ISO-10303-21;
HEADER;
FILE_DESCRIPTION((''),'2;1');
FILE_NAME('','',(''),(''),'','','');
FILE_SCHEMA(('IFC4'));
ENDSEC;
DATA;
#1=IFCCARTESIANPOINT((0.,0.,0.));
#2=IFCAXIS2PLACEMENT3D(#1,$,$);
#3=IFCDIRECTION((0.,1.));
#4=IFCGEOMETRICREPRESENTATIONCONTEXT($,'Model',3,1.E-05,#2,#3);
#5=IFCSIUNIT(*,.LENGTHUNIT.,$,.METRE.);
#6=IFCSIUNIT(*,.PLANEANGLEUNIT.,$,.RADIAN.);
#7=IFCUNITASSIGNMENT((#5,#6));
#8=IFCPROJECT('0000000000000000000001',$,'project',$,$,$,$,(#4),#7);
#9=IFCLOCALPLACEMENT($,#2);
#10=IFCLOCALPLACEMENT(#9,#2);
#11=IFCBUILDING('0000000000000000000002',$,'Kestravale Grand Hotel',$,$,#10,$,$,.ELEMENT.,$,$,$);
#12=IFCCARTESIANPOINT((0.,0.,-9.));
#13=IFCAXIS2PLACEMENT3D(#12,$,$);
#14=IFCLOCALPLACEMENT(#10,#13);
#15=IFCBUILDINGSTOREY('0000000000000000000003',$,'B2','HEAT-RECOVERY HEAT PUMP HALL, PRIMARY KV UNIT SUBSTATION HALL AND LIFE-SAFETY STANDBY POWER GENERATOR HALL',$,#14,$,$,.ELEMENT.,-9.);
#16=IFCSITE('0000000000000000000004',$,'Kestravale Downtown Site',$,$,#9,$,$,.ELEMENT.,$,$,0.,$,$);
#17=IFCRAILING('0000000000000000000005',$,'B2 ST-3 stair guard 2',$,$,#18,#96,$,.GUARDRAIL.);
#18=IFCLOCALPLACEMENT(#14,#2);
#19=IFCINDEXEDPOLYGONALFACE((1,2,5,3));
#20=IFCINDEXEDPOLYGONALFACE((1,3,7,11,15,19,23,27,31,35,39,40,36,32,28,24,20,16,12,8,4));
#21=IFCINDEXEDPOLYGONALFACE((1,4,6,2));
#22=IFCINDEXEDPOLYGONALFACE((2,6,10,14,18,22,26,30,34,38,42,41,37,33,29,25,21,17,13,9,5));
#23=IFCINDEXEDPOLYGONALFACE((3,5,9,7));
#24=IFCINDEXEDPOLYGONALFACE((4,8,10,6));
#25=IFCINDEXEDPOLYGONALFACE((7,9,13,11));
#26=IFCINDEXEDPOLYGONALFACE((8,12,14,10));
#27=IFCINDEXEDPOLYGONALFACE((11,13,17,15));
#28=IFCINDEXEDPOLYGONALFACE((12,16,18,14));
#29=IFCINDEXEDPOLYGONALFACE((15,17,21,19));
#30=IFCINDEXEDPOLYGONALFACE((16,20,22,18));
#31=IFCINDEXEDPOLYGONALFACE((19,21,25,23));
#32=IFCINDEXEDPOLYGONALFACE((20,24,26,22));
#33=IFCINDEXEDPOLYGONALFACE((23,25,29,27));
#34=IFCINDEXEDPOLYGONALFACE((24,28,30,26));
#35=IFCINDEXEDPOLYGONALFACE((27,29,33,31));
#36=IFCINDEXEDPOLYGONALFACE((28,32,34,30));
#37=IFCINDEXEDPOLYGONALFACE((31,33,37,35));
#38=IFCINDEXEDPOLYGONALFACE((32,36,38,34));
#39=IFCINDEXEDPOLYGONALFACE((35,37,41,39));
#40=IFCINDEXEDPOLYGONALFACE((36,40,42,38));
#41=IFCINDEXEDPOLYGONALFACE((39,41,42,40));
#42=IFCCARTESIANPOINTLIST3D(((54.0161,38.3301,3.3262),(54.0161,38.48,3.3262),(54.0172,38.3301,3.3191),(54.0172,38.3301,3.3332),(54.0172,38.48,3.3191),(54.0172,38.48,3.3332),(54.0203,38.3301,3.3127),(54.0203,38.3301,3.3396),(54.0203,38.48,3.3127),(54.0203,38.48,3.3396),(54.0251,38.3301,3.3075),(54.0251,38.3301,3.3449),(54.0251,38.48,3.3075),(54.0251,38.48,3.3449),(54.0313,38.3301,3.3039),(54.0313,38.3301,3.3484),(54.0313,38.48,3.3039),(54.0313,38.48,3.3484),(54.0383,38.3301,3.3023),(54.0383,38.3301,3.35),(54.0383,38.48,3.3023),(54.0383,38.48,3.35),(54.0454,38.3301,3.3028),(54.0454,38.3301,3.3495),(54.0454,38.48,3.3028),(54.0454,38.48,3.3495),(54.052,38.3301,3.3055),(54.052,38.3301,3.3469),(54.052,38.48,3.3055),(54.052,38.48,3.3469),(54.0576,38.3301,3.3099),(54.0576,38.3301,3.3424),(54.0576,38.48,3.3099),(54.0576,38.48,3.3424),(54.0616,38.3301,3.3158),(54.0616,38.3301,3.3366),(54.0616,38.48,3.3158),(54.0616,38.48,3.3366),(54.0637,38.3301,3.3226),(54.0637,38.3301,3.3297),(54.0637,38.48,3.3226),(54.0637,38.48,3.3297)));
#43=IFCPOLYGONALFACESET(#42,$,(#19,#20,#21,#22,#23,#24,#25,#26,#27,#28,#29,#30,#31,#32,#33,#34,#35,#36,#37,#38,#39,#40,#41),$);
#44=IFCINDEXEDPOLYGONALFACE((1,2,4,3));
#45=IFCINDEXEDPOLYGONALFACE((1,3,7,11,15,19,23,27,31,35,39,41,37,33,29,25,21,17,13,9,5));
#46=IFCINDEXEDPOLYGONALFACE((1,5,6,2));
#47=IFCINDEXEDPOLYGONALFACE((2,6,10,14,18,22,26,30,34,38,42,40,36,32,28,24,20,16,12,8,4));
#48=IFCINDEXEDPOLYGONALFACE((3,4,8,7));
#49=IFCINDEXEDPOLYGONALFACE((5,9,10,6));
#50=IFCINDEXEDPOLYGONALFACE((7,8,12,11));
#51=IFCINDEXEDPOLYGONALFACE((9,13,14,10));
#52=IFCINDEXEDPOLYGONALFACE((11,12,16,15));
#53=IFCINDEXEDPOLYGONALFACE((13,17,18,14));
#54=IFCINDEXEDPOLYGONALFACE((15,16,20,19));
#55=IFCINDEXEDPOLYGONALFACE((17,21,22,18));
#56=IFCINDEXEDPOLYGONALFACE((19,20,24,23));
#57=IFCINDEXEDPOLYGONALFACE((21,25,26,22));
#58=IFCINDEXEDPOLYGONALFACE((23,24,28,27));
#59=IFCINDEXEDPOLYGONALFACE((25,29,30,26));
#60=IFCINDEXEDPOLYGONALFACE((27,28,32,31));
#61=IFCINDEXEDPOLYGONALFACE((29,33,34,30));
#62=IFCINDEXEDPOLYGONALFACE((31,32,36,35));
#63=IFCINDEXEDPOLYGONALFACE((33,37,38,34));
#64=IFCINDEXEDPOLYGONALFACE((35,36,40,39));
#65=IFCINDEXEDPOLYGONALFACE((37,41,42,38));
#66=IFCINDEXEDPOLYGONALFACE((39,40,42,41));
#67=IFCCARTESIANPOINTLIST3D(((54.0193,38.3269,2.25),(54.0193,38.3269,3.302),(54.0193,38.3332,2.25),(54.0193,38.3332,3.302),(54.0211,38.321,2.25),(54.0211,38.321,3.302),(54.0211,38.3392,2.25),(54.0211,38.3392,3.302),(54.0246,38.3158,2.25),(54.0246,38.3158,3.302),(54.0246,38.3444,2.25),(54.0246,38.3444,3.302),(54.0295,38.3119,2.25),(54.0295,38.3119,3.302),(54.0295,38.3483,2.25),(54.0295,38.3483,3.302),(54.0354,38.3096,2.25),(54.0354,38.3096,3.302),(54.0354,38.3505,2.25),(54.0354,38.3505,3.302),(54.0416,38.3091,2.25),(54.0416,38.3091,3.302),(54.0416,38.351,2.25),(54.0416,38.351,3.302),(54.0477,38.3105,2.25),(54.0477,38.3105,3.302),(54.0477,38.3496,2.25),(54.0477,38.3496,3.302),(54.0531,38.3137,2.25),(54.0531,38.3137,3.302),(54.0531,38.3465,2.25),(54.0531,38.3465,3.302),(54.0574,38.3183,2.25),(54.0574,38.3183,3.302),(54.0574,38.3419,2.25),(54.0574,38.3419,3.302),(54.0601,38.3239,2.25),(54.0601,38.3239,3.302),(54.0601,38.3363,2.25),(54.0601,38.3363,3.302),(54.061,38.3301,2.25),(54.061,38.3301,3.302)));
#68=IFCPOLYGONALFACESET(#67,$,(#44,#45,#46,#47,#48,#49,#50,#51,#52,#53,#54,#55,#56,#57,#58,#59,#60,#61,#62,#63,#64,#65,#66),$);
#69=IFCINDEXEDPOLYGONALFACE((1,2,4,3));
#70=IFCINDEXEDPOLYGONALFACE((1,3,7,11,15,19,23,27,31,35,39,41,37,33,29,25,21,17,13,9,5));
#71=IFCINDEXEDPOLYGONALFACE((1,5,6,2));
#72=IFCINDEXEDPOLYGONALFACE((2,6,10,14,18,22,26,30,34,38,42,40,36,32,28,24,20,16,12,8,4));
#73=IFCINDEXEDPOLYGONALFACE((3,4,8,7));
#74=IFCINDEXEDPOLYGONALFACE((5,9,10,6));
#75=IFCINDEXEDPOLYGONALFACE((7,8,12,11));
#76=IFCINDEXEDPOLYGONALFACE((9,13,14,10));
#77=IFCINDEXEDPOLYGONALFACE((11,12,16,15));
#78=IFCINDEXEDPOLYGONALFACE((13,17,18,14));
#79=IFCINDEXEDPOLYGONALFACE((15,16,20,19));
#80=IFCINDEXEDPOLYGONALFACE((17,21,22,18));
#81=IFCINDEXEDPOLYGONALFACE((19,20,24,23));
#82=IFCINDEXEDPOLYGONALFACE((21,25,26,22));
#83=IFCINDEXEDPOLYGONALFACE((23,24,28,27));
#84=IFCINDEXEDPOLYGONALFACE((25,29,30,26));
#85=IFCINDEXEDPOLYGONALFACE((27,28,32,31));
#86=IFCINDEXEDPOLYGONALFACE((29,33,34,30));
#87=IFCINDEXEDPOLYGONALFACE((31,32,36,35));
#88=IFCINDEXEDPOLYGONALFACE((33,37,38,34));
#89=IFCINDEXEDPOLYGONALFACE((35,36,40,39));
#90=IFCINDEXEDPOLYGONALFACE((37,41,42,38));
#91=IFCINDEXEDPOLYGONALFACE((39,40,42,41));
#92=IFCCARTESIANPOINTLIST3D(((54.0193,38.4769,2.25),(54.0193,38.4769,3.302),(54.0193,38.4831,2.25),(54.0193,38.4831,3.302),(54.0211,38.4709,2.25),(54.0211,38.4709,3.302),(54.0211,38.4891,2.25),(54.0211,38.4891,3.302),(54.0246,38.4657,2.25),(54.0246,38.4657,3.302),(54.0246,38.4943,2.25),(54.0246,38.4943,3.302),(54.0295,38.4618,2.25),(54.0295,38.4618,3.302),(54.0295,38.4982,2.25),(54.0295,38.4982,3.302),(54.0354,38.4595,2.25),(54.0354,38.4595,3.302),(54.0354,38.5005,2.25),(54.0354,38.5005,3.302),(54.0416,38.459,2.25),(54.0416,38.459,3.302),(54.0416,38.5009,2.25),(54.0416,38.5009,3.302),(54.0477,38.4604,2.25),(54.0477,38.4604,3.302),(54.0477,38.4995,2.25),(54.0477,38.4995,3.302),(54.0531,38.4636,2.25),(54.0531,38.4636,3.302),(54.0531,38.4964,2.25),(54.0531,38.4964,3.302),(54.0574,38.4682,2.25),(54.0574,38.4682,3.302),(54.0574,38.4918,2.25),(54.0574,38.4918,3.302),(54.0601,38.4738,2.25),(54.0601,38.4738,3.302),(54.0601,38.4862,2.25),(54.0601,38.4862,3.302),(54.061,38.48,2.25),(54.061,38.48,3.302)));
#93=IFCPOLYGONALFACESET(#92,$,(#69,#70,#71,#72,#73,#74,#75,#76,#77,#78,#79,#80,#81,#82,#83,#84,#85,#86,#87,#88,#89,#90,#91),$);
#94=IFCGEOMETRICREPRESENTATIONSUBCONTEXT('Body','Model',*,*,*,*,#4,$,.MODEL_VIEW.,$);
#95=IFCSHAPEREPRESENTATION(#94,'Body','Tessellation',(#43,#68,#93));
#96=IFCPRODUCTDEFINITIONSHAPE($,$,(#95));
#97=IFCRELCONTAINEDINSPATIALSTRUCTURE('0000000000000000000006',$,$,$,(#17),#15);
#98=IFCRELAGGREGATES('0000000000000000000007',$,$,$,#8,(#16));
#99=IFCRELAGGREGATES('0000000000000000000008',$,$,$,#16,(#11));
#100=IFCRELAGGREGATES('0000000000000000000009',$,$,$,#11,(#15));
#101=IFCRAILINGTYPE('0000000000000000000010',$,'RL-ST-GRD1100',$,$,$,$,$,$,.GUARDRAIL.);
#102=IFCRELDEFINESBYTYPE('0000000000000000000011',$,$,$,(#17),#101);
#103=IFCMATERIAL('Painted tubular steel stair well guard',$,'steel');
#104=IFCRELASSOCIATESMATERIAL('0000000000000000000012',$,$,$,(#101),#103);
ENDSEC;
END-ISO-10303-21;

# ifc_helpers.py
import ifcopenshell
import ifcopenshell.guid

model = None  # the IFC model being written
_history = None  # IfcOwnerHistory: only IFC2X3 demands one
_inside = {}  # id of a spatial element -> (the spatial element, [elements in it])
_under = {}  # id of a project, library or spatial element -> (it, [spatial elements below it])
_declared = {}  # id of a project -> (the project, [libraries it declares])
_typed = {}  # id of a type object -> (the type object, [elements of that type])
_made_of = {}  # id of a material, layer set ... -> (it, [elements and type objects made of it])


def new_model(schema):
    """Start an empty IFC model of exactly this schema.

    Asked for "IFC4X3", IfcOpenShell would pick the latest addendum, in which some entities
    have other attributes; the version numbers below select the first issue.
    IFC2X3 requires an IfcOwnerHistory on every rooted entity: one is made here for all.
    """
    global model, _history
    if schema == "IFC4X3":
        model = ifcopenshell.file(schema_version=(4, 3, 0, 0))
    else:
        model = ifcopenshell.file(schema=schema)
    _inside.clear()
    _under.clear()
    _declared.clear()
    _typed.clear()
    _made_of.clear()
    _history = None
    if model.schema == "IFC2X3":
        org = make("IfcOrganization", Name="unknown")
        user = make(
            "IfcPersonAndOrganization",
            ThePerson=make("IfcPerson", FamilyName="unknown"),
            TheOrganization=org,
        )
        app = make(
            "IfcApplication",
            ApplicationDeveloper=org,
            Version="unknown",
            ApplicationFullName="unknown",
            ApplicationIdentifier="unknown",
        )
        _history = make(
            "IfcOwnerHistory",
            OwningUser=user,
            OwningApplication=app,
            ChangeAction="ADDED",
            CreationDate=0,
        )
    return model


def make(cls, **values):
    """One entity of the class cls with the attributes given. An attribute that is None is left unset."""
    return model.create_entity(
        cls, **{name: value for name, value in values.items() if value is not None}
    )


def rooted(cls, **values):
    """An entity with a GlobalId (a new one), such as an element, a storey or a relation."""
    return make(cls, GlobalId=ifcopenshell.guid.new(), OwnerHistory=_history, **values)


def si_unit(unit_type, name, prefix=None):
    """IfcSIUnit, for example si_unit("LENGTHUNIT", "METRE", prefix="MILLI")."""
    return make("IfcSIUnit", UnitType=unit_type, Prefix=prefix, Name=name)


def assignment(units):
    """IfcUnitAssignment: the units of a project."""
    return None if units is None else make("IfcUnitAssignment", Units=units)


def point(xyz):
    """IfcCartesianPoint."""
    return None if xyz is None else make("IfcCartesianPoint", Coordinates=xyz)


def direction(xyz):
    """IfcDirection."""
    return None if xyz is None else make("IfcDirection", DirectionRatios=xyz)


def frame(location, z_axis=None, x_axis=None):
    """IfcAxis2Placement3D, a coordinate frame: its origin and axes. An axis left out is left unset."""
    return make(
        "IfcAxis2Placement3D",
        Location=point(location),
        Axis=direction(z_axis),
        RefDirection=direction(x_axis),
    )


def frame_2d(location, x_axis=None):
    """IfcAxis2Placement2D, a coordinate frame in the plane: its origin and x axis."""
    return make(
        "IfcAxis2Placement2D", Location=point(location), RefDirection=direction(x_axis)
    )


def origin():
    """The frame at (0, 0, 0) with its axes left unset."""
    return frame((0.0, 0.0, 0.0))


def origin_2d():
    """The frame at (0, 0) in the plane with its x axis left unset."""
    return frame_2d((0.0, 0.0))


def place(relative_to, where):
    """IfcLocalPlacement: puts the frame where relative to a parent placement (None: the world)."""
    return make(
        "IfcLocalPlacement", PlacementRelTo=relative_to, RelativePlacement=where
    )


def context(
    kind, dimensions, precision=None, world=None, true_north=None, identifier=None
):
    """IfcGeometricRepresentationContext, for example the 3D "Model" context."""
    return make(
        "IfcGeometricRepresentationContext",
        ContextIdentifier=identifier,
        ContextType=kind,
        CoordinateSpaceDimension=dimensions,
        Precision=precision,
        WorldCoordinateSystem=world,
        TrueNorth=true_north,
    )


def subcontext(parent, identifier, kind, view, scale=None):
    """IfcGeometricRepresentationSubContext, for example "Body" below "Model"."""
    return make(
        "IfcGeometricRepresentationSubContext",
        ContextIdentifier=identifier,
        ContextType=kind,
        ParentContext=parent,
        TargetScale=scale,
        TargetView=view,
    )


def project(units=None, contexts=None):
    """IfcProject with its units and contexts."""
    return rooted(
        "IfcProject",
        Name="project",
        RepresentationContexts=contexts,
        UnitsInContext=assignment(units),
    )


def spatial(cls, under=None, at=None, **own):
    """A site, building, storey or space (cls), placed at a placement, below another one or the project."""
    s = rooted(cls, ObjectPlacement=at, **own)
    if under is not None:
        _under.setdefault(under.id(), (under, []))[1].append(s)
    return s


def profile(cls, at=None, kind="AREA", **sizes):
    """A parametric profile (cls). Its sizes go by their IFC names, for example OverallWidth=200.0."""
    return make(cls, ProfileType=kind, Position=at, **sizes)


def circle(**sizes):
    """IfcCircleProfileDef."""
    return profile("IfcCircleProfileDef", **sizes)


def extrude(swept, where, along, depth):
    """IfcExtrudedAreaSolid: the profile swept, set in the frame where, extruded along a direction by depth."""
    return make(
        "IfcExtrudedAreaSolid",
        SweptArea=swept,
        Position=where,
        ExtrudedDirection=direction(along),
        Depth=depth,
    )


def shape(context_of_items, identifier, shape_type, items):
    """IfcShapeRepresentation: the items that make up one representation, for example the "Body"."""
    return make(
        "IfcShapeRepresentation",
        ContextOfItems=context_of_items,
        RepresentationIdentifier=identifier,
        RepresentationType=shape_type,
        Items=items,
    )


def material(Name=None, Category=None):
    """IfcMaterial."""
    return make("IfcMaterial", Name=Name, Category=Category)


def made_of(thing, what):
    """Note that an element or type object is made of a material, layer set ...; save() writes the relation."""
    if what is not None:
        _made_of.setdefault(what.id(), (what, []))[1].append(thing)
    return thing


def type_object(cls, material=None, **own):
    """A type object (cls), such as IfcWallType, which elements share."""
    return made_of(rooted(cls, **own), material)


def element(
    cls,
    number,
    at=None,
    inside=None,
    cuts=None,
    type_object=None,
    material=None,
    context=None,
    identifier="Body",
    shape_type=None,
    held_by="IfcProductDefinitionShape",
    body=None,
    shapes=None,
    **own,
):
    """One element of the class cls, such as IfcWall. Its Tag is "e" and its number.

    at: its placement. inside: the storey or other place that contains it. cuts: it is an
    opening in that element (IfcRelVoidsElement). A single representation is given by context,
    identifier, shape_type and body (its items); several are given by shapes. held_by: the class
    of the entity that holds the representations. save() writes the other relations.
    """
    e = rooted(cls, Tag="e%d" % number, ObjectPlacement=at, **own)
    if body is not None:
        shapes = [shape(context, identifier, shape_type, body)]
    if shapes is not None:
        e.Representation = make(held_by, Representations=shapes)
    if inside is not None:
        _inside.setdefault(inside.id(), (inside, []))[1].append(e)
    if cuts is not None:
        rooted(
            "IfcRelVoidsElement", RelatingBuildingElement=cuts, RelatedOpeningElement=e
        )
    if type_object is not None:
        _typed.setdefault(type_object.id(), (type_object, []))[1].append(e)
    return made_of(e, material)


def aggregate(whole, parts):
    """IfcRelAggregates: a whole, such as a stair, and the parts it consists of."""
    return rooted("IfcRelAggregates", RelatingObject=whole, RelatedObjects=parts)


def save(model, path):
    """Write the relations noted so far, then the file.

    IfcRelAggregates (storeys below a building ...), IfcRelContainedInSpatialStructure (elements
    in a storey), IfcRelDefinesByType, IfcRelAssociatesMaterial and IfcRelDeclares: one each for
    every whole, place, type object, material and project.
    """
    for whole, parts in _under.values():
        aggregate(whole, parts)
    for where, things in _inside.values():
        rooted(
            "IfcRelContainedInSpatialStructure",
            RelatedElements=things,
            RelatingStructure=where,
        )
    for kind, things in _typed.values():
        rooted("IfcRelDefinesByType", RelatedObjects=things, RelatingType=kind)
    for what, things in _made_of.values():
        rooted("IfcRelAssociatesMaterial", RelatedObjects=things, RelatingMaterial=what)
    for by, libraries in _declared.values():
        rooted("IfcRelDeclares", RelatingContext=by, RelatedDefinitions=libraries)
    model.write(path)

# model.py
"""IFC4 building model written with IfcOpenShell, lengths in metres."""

from ifc_helpers import new_model, si_unit, direction, frame, origin, origin_2d, place, context, subcontext, project, spatial, circle, extrude, material, type_object, element, save


model = new_model("IFC4")

# Units and contexts
model_context = context("Model", 3, precision=1e-05, world=origin(), true_north=direction((0.0, 1.0)))
body_context = subcontext(model_context, "Body", "Model", "MODEL_VIEW")
ifc_project = project(units=[si_unit("LENGTHUNIT", "METRE"), si_unit("PLANEANGLEUNIT", "RADIAN")], contexts=[model_context])

# Site, building, storey
site_placement = place(None, origin())
site = spatial("IfcSite", under=ifc_project, at=site_placement, Name="Kestravale Downtown Site", CompositionType="ELEMENT", RefElevation=0.0)
building_placement = place(site_placement, origin())
building = spatial("IfcBuilding", under=site, at=building_placement, Name="Kestravale Grand Hotel", CompositionType="ELEMENT")
storey_placement = place(building_placement, frame((0.0, 0.0, -9.0)))
storey = spatial("IfcBuildingStorey", under=building, at=storey_placement, Name="B2", Description="HEAT-RECOVERY HEAT PUMP HALL, PRIMARY KV UNIT SUBSTATION HALL AND LIFE-SAFETY STANDBY POWER GENERATOR HALL", CompositionType="ELEMENT", Elevation=-9.0)

# Railing
ifc_material_1 = material(Name="Painted tubular steel stair well guard", Category="steel")
railing_type_1 = type_object("IfcRailingType", Name="RL-ST-GRD1100", PredefinedType="GUARDRAIL", material=ifc_material_1)
railing_1_placement = place(storey_placement, frame((54.04, 38.3301, 2.25)))
element("IfcRailing", 1, at=railing_1_placement, inside=storey, type_object=railing_type_1, Name="B2 ST-3 stair guard 2", PredefinedType="GUARDRAIL", context=body_context, shape_type="SweptSolid", body=[
    extrude(circle(Radius=0.0239, at=origin_2d()), frame((0.0, 0.0, 1.0762), z_axis=(0.0, 1.0, 0.0), x_axis=(-1.0, 0.0, 0.0)), (0.0, 0.0, 1.0), 0.1499),
    extrude(circle(Radius=0.021, at=origin_2d()), origin(), (0.0, 0.0, 1.0), 1.052),
    extrude(circle(Radius=0.021, at=origin_2d()), frame((0.0, 0.1499, 0.0)), (0.0, 0.0, 1.0), 1.052),
])

save(model, "model.ifc")
